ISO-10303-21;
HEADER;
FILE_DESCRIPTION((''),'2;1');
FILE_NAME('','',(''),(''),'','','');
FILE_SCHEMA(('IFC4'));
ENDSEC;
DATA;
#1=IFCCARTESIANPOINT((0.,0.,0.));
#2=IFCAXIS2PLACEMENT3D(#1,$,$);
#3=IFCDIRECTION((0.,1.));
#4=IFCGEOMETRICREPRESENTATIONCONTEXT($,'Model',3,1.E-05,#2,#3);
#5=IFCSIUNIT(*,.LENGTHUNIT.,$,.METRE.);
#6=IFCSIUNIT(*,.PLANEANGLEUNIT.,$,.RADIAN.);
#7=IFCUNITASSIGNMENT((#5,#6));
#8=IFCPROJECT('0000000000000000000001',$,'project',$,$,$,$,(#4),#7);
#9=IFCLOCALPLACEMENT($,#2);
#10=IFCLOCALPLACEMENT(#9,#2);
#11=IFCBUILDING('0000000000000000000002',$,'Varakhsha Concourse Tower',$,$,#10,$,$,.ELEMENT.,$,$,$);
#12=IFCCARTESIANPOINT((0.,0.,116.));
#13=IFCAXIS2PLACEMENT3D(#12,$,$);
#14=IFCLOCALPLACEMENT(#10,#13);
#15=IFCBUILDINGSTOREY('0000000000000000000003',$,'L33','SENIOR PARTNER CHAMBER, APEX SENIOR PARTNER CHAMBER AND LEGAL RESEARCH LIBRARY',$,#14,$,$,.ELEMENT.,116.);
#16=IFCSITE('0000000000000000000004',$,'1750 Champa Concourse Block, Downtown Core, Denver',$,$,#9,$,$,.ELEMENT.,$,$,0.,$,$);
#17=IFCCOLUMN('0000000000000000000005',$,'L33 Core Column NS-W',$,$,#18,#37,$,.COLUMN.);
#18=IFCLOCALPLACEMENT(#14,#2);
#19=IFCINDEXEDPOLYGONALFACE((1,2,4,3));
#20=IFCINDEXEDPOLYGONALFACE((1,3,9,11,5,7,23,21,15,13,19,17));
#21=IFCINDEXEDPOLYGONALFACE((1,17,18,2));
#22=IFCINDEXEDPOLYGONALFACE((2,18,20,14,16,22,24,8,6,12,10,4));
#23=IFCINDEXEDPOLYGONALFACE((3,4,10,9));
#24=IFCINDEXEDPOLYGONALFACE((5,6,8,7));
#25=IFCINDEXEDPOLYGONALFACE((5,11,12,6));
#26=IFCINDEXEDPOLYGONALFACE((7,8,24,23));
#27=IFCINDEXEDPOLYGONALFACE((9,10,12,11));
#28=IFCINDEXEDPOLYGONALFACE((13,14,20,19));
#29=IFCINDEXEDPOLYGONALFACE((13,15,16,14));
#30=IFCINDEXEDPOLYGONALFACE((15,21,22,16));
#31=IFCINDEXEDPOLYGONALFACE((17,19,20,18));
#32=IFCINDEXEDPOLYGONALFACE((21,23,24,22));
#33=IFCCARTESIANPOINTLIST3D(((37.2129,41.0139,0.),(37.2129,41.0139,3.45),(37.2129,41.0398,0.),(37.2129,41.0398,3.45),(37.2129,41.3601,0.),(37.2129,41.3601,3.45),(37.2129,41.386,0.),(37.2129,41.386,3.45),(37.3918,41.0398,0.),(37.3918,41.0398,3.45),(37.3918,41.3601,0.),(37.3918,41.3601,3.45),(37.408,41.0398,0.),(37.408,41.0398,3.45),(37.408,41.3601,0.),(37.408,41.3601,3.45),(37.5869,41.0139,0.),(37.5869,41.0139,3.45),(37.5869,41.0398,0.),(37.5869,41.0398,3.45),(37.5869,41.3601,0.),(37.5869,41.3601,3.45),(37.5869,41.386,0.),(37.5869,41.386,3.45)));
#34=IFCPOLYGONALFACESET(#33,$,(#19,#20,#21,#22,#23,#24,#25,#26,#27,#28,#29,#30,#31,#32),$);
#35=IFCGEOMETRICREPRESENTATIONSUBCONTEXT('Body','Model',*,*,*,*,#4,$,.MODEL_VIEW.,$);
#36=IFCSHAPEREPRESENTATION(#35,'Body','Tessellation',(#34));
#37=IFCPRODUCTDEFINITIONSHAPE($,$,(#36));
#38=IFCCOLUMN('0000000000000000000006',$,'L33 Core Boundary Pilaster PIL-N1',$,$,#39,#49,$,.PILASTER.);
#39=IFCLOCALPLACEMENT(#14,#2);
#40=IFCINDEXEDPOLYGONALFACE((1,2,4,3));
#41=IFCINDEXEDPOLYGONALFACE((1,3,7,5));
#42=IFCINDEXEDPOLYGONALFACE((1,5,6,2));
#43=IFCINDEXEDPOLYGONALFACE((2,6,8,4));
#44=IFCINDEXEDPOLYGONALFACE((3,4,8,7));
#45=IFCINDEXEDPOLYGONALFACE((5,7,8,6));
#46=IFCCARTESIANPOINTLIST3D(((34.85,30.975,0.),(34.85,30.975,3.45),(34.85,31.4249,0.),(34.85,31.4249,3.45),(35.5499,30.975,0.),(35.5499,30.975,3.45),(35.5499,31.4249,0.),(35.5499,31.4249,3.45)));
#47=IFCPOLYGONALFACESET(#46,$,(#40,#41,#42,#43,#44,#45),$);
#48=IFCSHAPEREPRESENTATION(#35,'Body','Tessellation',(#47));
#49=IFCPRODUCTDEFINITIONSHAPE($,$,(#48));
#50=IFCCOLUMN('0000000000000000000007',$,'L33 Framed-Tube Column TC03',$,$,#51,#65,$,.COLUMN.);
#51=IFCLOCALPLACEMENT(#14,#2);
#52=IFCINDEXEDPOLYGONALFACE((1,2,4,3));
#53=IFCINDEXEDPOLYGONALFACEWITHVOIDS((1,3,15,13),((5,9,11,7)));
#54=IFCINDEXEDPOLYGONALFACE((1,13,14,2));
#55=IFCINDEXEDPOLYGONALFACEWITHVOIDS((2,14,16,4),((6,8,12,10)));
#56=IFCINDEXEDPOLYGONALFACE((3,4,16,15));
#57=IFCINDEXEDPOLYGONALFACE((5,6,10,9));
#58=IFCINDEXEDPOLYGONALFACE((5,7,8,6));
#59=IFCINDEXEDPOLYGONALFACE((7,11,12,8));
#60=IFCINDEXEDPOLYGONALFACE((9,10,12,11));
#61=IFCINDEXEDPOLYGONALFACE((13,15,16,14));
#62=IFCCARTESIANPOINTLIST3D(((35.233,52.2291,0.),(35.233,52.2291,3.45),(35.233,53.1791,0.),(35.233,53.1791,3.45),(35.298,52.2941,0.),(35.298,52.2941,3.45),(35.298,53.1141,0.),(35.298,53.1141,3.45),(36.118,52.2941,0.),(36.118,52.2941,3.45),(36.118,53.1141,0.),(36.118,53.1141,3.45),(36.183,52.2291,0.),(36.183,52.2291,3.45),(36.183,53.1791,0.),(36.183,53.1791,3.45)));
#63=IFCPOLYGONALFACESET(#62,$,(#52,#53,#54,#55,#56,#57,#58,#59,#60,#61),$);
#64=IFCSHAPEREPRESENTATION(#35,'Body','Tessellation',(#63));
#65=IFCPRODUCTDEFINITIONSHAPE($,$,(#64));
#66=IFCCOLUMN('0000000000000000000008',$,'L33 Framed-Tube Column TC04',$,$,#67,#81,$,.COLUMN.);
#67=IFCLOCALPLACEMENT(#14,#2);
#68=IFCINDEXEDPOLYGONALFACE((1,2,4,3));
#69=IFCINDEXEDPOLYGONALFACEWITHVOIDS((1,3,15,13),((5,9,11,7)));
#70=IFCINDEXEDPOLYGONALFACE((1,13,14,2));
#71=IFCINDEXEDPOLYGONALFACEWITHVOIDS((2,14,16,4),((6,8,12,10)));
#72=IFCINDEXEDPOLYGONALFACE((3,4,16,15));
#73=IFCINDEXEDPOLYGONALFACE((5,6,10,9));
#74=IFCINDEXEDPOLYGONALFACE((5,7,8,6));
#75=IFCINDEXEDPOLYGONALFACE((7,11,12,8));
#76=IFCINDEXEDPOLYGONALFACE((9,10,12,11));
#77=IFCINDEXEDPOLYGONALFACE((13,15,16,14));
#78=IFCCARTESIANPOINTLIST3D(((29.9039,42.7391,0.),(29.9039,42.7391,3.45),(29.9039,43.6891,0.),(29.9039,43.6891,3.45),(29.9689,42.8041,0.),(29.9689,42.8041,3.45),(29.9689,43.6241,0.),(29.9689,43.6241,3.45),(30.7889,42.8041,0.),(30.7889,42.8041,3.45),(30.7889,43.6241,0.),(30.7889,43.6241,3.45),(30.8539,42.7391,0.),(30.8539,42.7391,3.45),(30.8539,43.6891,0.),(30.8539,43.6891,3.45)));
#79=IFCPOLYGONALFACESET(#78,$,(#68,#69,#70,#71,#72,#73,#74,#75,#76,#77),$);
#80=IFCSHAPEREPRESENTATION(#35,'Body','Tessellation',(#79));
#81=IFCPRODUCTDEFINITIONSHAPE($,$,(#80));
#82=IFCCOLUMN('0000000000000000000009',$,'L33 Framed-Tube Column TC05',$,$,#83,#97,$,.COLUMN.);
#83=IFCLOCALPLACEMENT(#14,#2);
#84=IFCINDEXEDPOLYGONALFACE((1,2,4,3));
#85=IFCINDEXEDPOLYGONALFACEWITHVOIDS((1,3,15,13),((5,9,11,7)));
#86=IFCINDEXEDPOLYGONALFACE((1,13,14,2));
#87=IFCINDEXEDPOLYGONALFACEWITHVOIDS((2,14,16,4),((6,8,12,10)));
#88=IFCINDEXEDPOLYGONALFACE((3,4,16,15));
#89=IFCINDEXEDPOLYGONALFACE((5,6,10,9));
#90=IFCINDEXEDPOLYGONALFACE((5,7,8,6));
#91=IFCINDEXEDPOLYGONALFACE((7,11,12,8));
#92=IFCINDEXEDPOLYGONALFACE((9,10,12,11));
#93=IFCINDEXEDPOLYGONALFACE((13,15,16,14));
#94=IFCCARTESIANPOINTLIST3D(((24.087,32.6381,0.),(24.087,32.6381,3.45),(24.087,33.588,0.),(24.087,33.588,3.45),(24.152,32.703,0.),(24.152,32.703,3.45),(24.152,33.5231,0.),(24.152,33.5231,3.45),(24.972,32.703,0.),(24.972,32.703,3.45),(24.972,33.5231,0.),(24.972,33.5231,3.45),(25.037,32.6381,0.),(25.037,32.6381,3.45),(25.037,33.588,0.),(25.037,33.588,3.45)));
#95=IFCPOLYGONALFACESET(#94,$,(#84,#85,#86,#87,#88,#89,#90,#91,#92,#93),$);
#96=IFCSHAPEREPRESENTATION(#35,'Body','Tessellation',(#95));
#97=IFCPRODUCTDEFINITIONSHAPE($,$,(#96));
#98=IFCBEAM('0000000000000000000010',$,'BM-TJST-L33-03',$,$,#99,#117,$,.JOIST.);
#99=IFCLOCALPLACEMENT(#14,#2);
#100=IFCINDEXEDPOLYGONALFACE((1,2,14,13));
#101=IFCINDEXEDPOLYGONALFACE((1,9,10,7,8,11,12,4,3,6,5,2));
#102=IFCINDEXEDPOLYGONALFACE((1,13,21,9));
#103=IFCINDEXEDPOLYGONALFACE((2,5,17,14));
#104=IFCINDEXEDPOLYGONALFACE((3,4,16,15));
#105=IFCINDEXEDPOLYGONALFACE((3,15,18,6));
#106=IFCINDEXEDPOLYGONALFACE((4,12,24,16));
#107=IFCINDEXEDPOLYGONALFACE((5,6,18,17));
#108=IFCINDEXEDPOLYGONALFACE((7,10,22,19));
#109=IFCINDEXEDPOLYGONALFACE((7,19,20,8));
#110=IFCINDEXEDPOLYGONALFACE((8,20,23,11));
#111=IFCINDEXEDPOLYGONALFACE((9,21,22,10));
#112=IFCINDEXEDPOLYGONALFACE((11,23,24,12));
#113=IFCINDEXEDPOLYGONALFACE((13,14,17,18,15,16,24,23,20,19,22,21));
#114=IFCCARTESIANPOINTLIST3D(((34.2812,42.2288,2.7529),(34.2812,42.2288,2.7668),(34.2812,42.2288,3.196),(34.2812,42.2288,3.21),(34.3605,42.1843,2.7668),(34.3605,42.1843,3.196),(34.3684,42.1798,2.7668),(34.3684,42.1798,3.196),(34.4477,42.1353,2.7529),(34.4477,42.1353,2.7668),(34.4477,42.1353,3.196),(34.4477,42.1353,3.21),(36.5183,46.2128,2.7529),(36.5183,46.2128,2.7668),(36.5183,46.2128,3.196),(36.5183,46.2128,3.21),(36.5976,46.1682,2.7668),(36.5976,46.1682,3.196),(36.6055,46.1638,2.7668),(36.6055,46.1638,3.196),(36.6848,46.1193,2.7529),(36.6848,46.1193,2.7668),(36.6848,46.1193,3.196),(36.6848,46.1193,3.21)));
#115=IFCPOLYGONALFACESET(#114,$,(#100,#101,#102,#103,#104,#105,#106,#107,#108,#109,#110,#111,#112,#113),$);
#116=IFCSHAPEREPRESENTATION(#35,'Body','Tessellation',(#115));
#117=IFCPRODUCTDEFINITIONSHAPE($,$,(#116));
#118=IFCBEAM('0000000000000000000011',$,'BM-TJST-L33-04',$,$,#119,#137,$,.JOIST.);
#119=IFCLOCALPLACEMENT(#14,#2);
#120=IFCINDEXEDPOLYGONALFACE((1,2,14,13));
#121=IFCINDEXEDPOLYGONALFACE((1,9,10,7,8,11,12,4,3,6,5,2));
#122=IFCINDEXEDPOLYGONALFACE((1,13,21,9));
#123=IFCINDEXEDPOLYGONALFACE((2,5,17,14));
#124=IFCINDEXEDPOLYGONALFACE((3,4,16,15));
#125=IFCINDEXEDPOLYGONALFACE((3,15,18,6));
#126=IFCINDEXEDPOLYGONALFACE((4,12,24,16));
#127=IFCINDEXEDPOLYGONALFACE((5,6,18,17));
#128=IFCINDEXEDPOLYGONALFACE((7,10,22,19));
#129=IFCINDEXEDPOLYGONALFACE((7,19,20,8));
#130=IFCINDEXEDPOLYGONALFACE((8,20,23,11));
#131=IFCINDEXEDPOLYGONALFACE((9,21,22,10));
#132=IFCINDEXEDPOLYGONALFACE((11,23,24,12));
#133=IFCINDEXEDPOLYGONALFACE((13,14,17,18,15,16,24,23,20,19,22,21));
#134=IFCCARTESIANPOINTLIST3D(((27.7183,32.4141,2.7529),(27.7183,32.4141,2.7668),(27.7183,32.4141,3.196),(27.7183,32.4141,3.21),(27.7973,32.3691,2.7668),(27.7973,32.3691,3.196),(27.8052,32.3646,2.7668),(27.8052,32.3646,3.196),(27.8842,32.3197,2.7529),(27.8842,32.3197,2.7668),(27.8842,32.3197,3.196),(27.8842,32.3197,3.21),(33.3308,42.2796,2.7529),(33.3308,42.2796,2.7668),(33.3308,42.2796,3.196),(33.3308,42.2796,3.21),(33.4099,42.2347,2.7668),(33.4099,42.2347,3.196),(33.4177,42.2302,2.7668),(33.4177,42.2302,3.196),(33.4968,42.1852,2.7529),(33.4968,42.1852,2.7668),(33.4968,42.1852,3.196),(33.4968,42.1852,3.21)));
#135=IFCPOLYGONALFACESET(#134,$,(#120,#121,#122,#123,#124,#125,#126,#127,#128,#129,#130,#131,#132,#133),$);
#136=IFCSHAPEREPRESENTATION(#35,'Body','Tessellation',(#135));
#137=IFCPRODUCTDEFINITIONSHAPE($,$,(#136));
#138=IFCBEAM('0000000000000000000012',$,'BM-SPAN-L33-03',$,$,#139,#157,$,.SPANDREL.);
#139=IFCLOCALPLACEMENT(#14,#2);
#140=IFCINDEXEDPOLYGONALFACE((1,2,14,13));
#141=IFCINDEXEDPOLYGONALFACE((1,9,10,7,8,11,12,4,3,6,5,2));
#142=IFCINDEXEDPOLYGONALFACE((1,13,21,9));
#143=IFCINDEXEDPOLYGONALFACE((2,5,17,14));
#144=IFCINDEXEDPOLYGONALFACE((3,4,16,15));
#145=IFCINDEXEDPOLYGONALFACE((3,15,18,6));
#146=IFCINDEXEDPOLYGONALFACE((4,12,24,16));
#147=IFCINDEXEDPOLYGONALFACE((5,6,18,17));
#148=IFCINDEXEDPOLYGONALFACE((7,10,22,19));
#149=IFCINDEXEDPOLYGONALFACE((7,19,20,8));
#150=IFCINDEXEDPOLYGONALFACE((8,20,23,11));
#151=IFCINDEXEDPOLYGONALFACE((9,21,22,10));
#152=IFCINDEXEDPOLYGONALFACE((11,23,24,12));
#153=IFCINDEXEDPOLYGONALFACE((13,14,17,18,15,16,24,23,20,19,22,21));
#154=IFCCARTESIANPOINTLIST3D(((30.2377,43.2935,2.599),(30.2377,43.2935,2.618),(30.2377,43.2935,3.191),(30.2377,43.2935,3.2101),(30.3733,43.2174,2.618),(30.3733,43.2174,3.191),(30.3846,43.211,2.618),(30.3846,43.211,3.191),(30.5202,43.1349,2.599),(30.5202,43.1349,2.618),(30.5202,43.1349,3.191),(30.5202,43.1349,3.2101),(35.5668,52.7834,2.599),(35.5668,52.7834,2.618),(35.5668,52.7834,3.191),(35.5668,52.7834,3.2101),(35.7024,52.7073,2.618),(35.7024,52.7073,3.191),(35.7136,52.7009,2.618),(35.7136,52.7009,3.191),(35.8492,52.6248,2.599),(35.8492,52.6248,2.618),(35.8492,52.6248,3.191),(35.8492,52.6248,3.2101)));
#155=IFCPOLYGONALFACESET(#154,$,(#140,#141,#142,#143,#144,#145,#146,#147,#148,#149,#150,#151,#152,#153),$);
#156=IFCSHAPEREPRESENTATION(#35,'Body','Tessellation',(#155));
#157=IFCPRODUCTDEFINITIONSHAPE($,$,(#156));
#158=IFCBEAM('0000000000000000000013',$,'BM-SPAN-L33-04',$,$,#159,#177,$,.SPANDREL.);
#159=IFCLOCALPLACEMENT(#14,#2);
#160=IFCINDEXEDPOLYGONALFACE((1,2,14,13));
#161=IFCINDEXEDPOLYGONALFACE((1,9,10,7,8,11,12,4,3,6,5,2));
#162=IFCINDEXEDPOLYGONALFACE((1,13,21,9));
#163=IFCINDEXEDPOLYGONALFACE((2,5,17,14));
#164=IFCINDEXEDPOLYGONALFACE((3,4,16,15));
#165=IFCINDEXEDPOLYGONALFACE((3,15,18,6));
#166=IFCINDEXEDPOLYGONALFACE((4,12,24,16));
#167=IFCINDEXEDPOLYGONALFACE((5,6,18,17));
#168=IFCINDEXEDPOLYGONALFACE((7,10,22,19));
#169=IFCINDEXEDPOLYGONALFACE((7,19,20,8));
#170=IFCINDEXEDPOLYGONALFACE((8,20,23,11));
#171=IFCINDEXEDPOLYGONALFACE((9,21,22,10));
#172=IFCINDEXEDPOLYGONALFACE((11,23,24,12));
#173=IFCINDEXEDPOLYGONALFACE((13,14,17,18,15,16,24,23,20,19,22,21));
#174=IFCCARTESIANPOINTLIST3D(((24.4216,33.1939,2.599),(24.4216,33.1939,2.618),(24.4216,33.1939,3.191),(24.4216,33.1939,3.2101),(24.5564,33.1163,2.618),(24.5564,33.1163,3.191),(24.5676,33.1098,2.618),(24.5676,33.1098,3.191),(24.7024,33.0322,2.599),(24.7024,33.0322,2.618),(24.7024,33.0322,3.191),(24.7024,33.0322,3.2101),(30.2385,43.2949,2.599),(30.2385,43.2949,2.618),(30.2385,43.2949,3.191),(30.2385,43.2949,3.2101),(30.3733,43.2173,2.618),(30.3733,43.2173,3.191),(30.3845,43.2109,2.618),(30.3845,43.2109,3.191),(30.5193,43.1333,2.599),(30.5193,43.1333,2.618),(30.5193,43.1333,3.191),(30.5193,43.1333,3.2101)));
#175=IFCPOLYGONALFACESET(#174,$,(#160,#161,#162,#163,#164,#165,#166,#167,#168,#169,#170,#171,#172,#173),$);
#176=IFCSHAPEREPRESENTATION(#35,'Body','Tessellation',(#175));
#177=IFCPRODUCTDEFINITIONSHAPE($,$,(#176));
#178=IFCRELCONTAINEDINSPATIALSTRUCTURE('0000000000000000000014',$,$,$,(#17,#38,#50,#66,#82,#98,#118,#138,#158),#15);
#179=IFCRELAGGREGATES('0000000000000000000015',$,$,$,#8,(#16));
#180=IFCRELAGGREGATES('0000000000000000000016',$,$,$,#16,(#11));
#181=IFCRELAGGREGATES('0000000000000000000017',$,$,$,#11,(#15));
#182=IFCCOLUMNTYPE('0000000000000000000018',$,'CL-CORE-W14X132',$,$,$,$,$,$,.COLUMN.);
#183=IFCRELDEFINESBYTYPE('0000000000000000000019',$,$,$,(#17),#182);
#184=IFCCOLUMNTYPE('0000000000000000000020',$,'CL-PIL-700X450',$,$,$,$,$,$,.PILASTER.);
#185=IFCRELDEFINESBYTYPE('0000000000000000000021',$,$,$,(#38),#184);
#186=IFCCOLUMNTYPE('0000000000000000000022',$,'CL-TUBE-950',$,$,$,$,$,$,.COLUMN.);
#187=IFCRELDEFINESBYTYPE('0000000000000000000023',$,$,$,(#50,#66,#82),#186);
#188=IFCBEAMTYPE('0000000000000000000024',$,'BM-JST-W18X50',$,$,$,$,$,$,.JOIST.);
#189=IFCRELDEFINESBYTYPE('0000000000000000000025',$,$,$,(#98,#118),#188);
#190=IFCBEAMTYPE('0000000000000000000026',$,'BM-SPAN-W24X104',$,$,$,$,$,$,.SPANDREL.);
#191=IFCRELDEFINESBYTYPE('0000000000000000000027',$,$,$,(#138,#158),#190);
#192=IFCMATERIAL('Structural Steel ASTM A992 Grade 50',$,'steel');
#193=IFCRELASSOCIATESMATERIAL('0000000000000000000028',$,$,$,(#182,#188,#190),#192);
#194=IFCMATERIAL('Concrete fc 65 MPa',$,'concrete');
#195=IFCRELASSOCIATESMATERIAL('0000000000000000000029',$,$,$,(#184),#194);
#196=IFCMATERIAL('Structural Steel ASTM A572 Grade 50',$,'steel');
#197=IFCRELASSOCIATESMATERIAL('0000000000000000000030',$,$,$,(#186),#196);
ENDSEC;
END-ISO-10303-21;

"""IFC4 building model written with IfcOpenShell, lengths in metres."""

from ifc_helpers import new_model, si_unit, direction, frame, origin, origin_2d, place, context, subcontext, project, spatial, rectangle, hollow_rectangle, i_section, extrude, material, material_profile, profile_set, type_object, element, save


model = new_model("IFC4")

# Units and contexts
model_context = context("Model", 3, precision=1e-05, world=origin(), true_north=direction((0.0, 1.0)))
body_context = subcontext(model_context, "Body", "Model", "MODEL_VIEW")
ifc_project = project(units=[si_unit("LENGTHUNIT", "METRE"), si_unit("PLANEANGLEUNIT", "RADIAN")], contexts=[model_context])

# Site, building, storey
site_placement = place(None, origin())
site = spatial("IfcSite", under=ifc_project, at=site_placement, Name="1750 Champa Concourse Block, Downtown Core, Denver", CompositionType="ELEMENT", RefElevation=0.0)
building_placement = place(site_placement, origin())
building = spatial("IfcBuilding", under=site, at=building_placement, Name="Varakhsha Concourse Tower", CompositionType="ELEMENT")
storey_placement = place(building_placement, frame((0.0, 0.0, 116.0)))
storey = spatial("IfcBuildingStorey", under=building, at=storey_placement, Name="L33", Description="SENIOR PARTNER CHAMBER, APEX SENIOR PARTNER CHAMBER AND LEGAL RESEARCH LIBRARY", CompositionType="ELEMENT", Elevation=116.0)

# Columns
ifc_material_1 = material(Name="Structural Steel ASTM A992 Grade 50", Category="steel")
ifc_material_profile_1 = material_profile(ifc_material_1, i_section(OverallWidth=0.374, OverallDepth=0.3721, WebThickness=0.0161, FlangeThickness=0.0259, at=origin_2d()), Name="W14X132")
ifc_profile_set_1 = profile_set([ifc_material_profile_1], Name="Structural Steel ASTM A992 Grade 50")
column_type_1 = type_object("IfcColumnType", Name="CL-CORE-W14X132", PredefinedType="COLUMN", material=ifc_profile_set_1)
column_1_placement = place(storey_placement, frame((37.3999, 41.2, 0.0), z_axis=(0.0, 0.0, 1.0), x_axis=(1.0, 0.0, 0.0)))
element("IfcColumn", 1, at=column_1_placement, inside=storey, type_object=column_type_1, Name="L33 Core Column NS-W", PredefinedType="COLUMN", context=body_context, shape_type="SweptSolid", body=[
    extrude(i_section(OverallWidth=0.374, OverallDepth=0.3721, WebThickness=0.0161, FlangeThickness=0.0259, at=origin_2d()), origin(), (0.0, 0.0, 1.0), 3.45),
])
ifc_material_2 = material(Name="Concrete fc 65 MPa", Category="concrete")
ifc_material_profile_2 = material_profile(ifc_material_2, rectangle(XDim=0.7, YDim=0.45, at=origin_2d()), Name="RC 700x450")
ifc_profile_set_2 = profile_set([ifc_material_profile_2], Name="Concrete fc 65 MPa")
column_type_2 = type_object("IfcColumnType", Name="CL-PIL-700X450", PredefinedType="PILASTER", material=ifc_profile_set_2)
column_2_placement = place(storey_placement, frame((35.2, 31.2, 0.0), z_axis=(0.0, 0.0, 1.0), x_axis=(1.0, 0.0, 0.0)))
element("IfcColumn", 2, at=column_2_placement, inside=storey, type_object=column_type_2, Name="L33 Core Boundary Pilaster PIL-N1", PredefinedType="PILASTER", context=body_context, shape_type="SweptSolid", body=[
    extrude(rectangle(XDim=0.7, YDim=0.45, at=origin_2d()), origin(), (0.0, 0.0, 1.0), 3.45),
])
ifc_material_3 = material(Name="Structural Steel ASTM A572 Grade 50", Category="steel")
ifc_material_profile_3 = material_profile(ifc_material_3, hollow_rectangle(XDim=0.95, YDim=0.95, WallThickness=0.0649, at=origin_2d()), Name="BOX 950x950x65")
ifc_profile_set_3 = profile_set([ifc_material_profile_3], Name="Structural Steel ASTM A572 Grade 50")
column_type_3 = type_object("IfcColumnType", Name="CL-TUBE-950", PredefinedType="COLUMN", material=ifc_profile_set_3)
for number, where, z_axis, x_axis, name in (
    (3, (35.708, 52.7041, 0.0), (0.0, 0.0, 1.0), (1.0, 0.0, 0.0), "L33 Framed-Tube Column TC03"),
    (4, (30.3789, 43.2141, 0.0), (0.0, 0.0, 1.0), (1.0, 0.0, 0.0), "L33 Framed-Tube Column TC04"),
    (5, (24.562, 33.113, 0.0), (0.0, 0.0, 1.0), (1.0, 0.0, 0.0), "L33 Framed-Tube Column TC05"),
):
    element("IfcColumn", number, at=place(storey_placement, frame(where, z_axis=z_axis, x_axis=x_axis)), inside=storey, type_object=column_type_3, Name=name, PredefinedType="COLUMN", context=body_context, shape_type="SweptSolid", body=[
        extrude(hollow_rectangle(XDim=0.95, YDim=0.95, WallThickness=0.0649, at=origin_2d()), origin(), (0.0, 0.0, 1.0), 3.45),
    ])

# Beams
ifc_material_profile_4 = material_profile(ifc_material_1, i_section(OverallWidth=0.1909, OverallDepth=0.457, WebThickness=0.009, FlangeThickness=0.0139, at=origin_2d()), Name="W18X50")
ifc_profile_set_4 = profile_set([ifc_material_profile_4], Name="Structural Steel ASTM A992 Grade 50")
beam_type_1 = type_object("IfcBeamType", Name="BM-JST-W18X50", PredefinedType="JOIST", material=ifc_profile_set_4)
beam_1_placement = place(storey_placement, frame((36.6016, 46.166, 2.9814), z_axis=(-0.489617, -0.871938, 0.0), x_axis=(0.871938, -0.489617, 0.0)))
element("IfcBeam", 6, at=beam_1_placement, inside=storey, type_object=beam_type_1, Name="BM-TJST-L33-03", PredefinedType="JOIST", context=body_context, shape_type="SweptSolid", body=[
    extrude(i_section(OverallWidth=0.1909, OverallDepth=0.457, WebThickness=0.009, FlangeThickness=0.0139, at=origin_2d()), origin(), (0.0, 0.0, 1.0), 4.5691),
])
beam_2_placement = place(storey_placement, frame((33.4138, 42.2324, 2.9814), z_axis=(-0.494486, -0.869185, 0.0), x_axis=(0.869185, -0.494486, 0.0)))
element("IfcBeam", 7, at=beam_2_placement, inside=storey, type_object=beam_type_1, Name="BM-TJST-L33-04", PredefinedType="JOIST", context=body_context, shape_type="SweptSolid", body=[
    extrude(i_section(OverallWidth=0.1909, OverallDepth=0.457, WebThickness=0.009, FlangeThickness=0.0139, at=origin_2d()), origin(), (0.0, 0.0, 1.0), 11.3503),
])
ifc_material_profile_5 = material_profile(ifc_material_1, i_section(OverallWidth=0.324, OverallDepth=0.6111, WebThickness=0.0129, FlangeThickness=0.019, at=origin_2d()), Name="W24X104")
ifc_profile_set_5 = profile_set([ifc_material_profile_5], Name="Structural Steel ASTM A992 Grade 50")
beam_type_2 = type_object("IfcBeamType", Name="BM-SPAN-W24X104", PredefinedType="SPANDREL", material=ifc_profile_set_5)
beam_3_placement = place(storey_placement, frame((35.708, 52.7041, 2.9045), z_axis=(-0.489632, -0.871929, 0.0), x_axis=(0.871929, -0.489632, 0.0)))
element("IfcBeam", 8, at=beam_3_placement, inside=storey, type_object=beam_type_2, Name="BM-SPAN-L33-03", PredefinedType="SPANDREL", context=body_context, shape_type="SweptSolid", body=[
    extrude(i_section(OverallWidth=0.324, OverallDepth=0.6111, WebThickness=0.0129, FlangeThickness=0.019, at=origin_2d()), origin(), (0.0, 0.0, 1.0), 10.8838),
])
for number, where, z_axis, x_axis, name in (
    (9, (30.3789, 43.2141, 2.9045), (-0.499037, -0.866581, 0.0), (0.866581, -0.499037, 0.0), "BM-SPAN-L33-04"),
):
    element("IfcBeam", number, at=place(storey_placement, frame(where, z_axis=z_axis, x_axis=x_axis)), inside=storey, type_object=beam_type_2, Name=name, PredefinedType="SPANDREL", context=body_context, shape_type="SweptSolid", body=[
        extrude(i_section(OverallWidth=0.324, OverallDepth=0.6111, WebThickness=0.0129, FlangeThickness=0.019, at=origin_2d()), origin(), (0.0, 0.0, 1.0), 11.6562),
    ])

save(model, "model.ifc")
